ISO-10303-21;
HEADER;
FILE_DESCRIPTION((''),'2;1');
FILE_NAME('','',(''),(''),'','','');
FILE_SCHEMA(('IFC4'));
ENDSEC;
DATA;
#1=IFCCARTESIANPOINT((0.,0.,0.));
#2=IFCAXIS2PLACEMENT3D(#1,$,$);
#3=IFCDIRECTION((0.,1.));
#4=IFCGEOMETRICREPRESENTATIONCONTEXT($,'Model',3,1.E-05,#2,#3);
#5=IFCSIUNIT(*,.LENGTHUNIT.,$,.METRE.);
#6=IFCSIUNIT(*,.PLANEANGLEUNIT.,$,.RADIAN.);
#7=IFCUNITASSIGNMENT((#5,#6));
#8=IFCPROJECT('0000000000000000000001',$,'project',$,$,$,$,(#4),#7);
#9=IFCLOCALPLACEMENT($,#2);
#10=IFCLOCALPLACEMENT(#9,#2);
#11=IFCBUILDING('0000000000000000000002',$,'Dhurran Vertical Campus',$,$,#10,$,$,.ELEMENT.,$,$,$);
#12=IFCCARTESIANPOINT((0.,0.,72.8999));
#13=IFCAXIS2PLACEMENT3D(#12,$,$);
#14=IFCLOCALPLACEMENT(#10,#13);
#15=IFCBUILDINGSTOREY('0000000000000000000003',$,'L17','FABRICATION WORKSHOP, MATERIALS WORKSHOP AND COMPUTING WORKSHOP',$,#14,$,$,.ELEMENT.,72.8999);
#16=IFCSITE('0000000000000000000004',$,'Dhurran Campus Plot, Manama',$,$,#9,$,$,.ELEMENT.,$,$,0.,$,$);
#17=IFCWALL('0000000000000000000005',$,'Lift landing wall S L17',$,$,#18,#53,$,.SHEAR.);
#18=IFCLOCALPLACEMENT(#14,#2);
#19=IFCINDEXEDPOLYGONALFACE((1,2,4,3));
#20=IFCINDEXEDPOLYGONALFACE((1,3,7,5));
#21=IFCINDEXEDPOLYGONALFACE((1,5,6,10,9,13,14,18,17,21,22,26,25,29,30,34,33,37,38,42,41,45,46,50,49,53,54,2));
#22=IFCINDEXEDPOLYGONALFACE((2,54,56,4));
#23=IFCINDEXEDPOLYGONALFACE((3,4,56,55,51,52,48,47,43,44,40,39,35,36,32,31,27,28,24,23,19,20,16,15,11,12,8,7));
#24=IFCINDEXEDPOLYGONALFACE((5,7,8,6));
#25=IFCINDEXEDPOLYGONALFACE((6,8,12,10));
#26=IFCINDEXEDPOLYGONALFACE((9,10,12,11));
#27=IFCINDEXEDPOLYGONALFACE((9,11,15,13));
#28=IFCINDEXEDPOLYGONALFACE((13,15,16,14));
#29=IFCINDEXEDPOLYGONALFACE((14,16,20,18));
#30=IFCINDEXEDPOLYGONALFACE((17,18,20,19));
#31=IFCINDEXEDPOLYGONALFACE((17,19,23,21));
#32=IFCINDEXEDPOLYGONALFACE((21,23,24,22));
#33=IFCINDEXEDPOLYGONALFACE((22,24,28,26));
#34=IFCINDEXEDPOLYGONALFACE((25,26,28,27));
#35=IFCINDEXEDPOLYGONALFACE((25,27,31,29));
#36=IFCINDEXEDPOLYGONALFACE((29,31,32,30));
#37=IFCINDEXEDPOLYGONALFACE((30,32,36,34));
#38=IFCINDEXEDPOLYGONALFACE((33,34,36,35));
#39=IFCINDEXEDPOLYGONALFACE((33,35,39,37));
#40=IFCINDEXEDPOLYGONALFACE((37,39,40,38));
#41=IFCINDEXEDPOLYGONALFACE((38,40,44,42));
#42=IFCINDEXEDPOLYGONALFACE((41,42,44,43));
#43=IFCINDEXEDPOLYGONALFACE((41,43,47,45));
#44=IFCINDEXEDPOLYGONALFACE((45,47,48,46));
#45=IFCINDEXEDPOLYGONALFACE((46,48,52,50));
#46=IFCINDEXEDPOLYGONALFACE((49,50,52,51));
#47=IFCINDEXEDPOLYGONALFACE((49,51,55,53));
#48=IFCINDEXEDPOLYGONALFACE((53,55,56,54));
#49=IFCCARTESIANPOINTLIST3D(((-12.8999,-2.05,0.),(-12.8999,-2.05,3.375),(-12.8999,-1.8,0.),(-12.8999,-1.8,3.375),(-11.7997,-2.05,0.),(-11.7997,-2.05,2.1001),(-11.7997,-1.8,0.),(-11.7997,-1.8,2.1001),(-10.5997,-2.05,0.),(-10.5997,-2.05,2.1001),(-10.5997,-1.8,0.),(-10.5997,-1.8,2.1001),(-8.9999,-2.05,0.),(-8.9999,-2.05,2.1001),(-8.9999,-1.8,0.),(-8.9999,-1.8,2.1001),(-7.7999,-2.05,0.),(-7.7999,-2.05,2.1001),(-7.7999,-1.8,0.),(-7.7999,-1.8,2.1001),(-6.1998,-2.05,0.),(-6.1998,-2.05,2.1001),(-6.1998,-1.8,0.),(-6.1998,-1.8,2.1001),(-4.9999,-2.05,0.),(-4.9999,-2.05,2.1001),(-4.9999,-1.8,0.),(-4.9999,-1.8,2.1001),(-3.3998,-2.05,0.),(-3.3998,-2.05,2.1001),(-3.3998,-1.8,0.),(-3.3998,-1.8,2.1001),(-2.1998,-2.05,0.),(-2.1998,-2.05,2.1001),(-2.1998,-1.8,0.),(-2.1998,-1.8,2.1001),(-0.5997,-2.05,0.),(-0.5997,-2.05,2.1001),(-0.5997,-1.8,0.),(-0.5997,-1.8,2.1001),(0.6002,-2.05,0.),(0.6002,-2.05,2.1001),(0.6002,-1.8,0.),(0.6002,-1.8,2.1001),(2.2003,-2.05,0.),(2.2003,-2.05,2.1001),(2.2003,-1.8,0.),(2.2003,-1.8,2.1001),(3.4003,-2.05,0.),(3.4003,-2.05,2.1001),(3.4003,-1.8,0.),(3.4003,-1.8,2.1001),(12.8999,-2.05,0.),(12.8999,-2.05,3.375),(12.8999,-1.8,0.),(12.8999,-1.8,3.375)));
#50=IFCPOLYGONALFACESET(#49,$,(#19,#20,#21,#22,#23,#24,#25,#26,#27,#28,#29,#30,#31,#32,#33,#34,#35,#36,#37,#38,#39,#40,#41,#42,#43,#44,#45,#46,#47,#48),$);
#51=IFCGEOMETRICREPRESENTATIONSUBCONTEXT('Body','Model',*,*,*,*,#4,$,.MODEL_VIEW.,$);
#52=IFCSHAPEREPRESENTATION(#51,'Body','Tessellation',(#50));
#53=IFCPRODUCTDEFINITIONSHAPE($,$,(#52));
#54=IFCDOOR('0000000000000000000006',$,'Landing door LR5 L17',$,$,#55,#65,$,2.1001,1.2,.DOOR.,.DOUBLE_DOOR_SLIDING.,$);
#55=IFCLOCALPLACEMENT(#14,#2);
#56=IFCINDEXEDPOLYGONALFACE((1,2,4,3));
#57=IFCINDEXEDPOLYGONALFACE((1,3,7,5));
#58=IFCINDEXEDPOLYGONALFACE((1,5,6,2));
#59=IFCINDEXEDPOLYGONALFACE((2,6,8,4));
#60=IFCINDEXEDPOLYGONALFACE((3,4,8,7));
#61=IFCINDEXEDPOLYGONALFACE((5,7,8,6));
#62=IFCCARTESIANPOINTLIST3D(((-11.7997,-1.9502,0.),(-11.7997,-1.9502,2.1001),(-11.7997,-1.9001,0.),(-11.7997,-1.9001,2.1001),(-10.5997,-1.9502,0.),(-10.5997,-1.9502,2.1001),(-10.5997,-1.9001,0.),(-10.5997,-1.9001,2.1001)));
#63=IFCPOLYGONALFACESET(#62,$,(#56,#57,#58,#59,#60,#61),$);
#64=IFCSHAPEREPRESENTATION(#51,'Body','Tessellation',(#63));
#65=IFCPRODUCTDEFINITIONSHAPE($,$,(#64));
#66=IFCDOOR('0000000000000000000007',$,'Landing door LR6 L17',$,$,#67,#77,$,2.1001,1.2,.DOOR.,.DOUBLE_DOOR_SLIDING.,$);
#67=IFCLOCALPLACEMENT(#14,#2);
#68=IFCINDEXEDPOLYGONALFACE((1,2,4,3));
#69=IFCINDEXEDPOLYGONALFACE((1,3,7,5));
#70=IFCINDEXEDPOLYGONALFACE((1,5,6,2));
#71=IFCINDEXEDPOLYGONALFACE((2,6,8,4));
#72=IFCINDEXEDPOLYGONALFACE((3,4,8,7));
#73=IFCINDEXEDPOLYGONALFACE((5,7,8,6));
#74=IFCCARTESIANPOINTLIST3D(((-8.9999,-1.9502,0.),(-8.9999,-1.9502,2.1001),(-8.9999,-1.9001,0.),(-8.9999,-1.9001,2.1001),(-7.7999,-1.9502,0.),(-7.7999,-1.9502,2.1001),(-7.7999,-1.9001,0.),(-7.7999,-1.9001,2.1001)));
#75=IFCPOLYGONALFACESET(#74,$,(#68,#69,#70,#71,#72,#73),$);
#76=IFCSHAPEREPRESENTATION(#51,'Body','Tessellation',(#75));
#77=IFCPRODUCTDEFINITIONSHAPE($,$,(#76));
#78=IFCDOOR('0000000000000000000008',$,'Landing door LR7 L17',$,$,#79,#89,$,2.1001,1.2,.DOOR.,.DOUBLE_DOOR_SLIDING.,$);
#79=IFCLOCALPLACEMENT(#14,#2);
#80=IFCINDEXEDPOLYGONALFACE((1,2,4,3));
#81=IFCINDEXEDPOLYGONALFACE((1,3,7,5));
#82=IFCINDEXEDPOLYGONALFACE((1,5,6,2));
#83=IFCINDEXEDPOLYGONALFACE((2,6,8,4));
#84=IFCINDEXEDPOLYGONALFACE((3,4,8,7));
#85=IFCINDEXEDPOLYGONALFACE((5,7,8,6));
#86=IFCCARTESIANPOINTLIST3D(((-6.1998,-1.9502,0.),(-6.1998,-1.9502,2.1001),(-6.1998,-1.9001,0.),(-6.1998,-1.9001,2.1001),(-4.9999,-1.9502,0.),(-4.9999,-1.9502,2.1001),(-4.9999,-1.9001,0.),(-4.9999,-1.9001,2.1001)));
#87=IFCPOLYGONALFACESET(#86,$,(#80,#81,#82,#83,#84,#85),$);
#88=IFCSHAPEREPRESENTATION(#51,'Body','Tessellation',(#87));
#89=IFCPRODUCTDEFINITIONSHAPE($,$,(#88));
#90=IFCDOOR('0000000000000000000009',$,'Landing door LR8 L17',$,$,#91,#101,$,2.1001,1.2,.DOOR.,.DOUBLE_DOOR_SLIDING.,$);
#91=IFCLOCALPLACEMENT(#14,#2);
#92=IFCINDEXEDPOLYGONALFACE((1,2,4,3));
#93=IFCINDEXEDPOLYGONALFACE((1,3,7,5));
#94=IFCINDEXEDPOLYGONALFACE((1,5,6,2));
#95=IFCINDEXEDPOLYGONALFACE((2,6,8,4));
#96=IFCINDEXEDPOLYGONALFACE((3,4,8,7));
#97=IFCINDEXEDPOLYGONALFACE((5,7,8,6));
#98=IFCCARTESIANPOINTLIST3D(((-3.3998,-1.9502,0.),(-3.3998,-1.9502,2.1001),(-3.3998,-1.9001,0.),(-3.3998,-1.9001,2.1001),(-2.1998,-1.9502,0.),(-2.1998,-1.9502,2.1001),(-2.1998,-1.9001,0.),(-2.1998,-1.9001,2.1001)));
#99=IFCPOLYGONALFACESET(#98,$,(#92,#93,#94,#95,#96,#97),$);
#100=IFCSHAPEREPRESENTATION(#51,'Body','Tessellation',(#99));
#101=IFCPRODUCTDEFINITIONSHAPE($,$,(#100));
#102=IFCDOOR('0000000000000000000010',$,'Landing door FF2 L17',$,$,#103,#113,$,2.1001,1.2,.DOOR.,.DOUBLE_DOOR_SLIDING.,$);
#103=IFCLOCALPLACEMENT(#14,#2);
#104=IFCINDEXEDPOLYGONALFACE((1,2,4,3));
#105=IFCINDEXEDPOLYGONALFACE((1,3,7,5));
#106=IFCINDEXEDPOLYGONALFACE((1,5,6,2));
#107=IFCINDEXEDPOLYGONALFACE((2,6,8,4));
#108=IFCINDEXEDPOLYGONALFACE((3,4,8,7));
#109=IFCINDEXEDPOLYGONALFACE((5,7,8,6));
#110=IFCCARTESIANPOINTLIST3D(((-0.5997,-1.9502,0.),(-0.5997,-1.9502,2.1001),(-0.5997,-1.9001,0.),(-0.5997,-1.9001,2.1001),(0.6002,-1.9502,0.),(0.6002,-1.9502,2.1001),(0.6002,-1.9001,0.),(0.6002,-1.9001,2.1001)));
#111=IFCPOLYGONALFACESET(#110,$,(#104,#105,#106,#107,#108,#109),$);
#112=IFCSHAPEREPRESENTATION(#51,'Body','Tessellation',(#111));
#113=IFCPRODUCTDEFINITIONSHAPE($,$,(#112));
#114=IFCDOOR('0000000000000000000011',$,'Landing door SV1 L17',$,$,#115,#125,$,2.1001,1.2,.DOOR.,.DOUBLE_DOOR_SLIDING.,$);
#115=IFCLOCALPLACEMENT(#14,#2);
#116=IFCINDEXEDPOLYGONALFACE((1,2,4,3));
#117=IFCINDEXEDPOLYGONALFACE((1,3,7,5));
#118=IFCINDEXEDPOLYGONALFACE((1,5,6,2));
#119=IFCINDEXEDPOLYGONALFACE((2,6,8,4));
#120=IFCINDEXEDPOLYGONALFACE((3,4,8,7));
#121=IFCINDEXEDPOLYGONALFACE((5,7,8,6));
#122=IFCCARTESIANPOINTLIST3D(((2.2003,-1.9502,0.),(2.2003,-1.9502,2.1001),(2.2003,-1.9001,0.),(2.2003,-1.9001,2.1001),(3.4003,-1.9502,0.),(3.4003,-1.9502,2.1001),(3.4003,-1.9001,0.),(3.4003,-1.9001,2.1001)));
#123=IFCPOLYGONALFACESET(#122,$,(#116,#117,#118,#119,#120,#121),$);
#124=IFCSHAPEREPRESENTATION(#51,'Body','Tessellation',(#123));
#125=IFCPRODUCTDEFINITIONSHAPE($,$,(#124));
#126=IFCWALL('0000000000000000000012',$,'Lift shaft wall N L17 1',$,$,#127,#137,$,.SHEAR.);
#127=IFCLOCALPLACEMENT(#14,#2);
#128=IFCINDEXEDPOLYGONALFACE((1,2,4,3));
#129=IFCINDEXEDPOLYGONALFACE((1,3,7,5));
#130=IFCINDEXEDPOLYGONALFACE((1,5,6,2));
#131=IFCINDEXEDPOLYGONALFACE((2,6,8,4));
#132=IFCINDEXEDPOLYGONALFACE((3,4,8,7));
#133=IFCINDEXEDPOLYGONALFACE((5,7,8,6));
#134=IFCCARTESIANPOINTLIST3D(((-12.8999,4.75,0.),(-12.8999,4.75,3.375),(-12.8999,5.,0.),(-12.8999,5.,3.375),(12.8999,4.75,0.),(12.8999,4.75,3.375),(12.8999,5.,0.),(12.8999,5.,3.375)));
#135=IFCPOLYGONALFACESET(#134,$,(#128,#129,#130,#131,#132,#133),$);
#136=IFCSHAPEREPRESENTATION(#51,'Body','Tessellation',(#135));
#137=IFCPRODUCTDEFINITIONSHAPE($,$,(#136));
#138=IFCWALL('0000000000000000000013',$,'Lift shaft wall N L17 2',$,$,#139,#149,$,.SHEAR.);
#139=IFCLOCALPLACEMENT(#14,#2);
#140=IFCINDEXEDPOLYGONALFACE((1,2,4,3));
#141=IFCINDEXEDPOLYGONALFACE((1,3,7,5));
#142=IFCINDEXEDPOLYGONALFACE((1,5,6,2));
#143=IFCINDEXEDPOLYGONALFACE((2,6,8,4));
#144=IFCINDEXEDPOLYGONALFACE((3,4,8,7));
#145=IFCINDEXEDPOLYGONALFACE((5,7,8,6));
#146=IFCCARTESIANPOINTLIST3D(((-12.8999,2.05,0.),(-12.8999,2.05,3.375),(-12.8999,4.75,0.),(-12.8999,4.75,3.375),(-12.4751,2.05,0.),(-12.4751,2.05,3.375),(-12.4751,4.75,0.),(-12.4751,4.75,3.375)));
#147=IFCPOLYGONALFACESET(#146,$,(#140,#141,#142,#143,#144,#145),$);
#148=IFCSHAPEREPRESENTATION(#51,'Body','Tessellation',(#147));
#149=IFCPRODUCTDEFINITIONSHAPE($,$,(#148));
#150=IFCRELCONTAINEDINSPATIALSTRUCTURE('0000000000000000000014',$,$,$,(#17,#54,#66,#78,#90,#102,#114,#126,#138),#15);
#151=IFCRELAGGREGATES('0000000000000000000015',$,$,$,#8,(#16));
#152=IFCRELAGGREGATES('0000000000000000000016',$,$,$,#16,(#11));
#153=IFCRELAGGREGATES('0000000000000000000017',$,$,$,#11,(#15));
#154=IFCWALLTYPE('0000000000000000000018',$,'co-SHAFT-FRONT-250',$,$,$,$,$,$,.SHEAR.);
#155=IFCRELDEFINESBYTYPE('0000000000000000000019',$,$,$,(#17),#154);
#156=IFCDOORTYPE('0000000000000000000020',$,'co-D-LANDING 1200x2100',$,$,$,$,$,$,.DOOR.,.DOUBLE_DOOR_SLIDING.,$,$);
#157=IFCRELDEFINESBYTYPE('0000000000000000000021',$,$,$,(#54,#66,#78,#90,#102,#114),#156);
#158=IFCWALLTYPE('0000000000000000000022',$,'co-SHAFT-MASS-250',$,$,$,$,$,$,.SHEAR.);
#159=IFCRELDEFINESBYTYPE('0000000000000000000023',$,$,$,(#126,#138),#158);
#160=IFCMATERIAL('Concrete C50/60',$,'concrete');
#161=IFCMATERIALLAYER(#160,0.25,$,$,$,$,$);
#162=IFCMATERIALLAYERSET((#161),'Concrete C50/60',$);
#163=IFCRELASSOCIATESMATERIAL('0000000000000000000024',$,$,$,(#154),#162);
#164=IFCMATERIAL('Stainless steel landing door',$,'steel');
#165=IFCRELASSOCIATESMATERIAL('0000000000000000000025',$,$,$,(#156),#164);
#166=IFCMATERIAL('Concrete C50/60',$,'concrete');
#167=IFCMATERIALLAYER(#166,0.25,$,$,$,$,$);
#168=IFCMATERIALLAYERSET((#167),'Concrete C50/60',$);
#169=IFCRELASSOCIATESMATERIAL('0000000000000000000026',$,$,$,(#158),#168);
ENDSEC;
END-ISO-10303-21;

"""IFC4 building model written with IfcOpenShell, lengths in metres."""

from ifc_helpers import new_model, si_unit, direction, frame, frame_2d, origin, place, context, subcontext, project, spatial, polyline, rectangle, outline, extrude, material, layer, layer_set, type_object, element, fill, save


model = new_model("IFC4")

# Units and contexts
model_context = context("Model", 3, precision=1e-05, world=origin(), true_north=direction((0.0, 1.0)))
body_context = subcontext(model_context, "Body", "Model", "MODEL_VIEW")
ifc_project = project(units=[si_unit("LENGTHUNIT", "METRE"), si_unit("PLANEANGLEUNIT", "RADIAN")], contexts=[model_context])

# Site, building, storey
site_placement = place(None, origin())
site = spatial("IfcSite", under=ifc_project, at=site_placement, Name="Dhurran Campus Plot, Manama", CompositionType="ELEMENT", RefElevation=0.0)
building_placement = place(site_placement, origin())
building = spatial("IfcBuilding", under=site, at=building_placement, Name="Dhurran Vertical Campus", CompositionType="ELEMENT")
storey_placement = place(building_placement, frame((0.0, 0.0, 72.8999)))
storey = spatial("IfcBuildingStorey", under=building, at=storey_placement, Name="L17", Description="FABRICATION WORKSHOP, MATERIALS WORKSHOP AND COMPUTING WORKSHOP", CompositionType="ELEMENT", Elevation=72.8999)

# Wall, openings, doors
ifc_material_1 = material(Name="Concrete C50/60", Category="concrete")
ifc_layer_1 = layer(ifc_material_1, 0.25)
ifc_layer_set_1 = layer_set([ifc_layer_1], Name="Concrete C50/60")
wall_type_1 = type_object("IfcWallType", Name="co-SHAFT-FRONT-250", PredefinedType="SHEAR", material=ifc_layer_set_1)
wall_1_placement = place(storey_placement, frame((-12.8999, -1.925, 0.0), z_axis=(0.0, 0.0, 1.0), x_axis=(1.0, 0.0, 0.0)))
wall_1 = element("IfcWall", 1, at=wall_1_placement, inside=storey, type_object=wall_type_1, Name="Lift landing wall S L17", PredefinedType="SHEAR", context=body_context, shape_type="SweptSolid", body=[
    extrude(rectangle(XDim=25.7998, YDim=0.25, at=frame_2d((12.8999, 0.0))), origin(), (0.0, 0.0, 1.0), 3.375),
])
opening_1_placement = place(wall_1_placement, frame((1.1001, 0.0, 0.0)))
opening_1 = element("IfcOpeningElement", 2, at=opening_1_placement, cuts=wall_1, PredefinedType="OPENING", context=body_context, shape_type="SweptSolid", body=[
    extrude(rectangle(XDim=1.2, YDim=2.1001, at=frame_2d((0.6001, 1.05))), frame((0.0, 0.135, 0.0), z_axis=(0.0, -1.0, 0.0), x_axis=(1.0, 0.0, 0.0)), (0.0, 0.0, 1.0), 0.27),
])
opening_2_placement = place(wall_1_placement, frame((3.8999, 0.0, 0.0)))
opening_2 = element("IfcOpeningElement", 3, at=opening_2_placement, cuts=wall_1, PredefinedType="OPENING", context=body_context, shape_type="SweptSolid", body=[
    extrude(rectangle(XDim=1.2, YDim=2.1001, at=frame_2d((0.6001, 1.05))), frame((0.0, 0.135, 0.0), z_axis=(0.0, -1.0, 0.0), x_axis=(1.0, 0.0, 0.0)), (0.0, 0.0, 1.0), 0.27),
])
opening_3_placement = place(wall_1_placement, frame((6.7, 0.0, 0.0)))
opening_3 = element("IfcOpeningElement", 4, at=opening_3_placement, cuts=wall_1, PredefinedType="OPENING", context=body_context, shape_type="SweptSolid", body=[
    extrude(rectangle(XDim=1.2, YDim=2.1001, at=frame_2d((0.6001, 1.05))), frame((0.0, 0.135, 0.0), z_axis=(0.0, -1.0, 0.0), x_axis=(1.0, 0.0, 0.0)), (0.0, 0.0, 1.0), 0.27),
])
opening_4_placement = place(wall_1_placement, frame((9.5, 0.0, 0.0)))
opening_4 = element("IfcOpeningElement", 5, at=opening_4_placement, cuts=wall_1, PredefinedType="OPENING", context=body_context, shape_type="SweptSolid", body=[
    extrude(rectangle(XDim=1.2, YDim=2.1001, at=frame_2d((0.6001, 1.05))), frame((0.0, 0.135, 0.0), z_axis=(0.0, -1.0, 0.0), x_axis=(1.0, 0.0, 0.0)), (0.0, 0.0, 1.0), 0.27),
])
opening_5_placement = place(wall_1_placement, frame((12.3, 0.0, 0.0)))
opening_5 = element("IfcOpeningElement", 6, at=opening_5_placement, cuts=wall_1, PredefinedType="OPENING", context=body_context, shape_type="SweptSolid", body=[
    extrude(rectangle(XDim=1.2, YDim=2.1001, at=frame_2d((0.6001, 1.05))), frame((0.0, 0.135, 0.0), z_axis=(0.0, -1.0, 0.0), x_axis=(1.0, 0.0, 0.0)), (0.0, 0.0, 1.0), 0.27),
])
opening_6_placement = place(wall_1_placement, frame((15.1001, 0.0, 0.0)))
opening_6 = element("IfcOpeningElement", 7, at=opening_6_placement, cuts=wall_1, PredefinedType="OPENING", context=body_context, shape_type="SweptSolid", body=[
    extrude(rectangle(XDim=1.2, YDim=2.1001, at=frame_2d((0.6001, 1.05))), frame((0.0, 0.135, 0.0), z_axis=(0.0, -1.0, 0.0), x_axis=(1.0, 0.0, 0.0)), (0.0, 0.0, 1.0), 0.27),
])
ifc_material_2 = material(Name="Stainless steel landing door", Category="steel")
door_type_1 = type_object("IfcDoorType", Name="co-D-LANDING 1200x2100", OperationType="DOUBLE_DOOR_SLIDING", PredefinedType="DOOR", material=ifc_material_2)
door_1_placement = place(opening_1_placement, origin())
door_1 = element("IfcDoor", 8, at=door_1_placement, inside=storey, type_object=door_type_1, Name="Landing door LR5 L17", OperationType="DOUBLE_DOOR_SLIDING", OverallHeight=2.1001, OverallWidth=1.2, PredefinedType="DOOR", context=body_context, shape_type="SweptSolid", body=[
    extrude(rectangle(XDim=1.2, YDim=2.1001, at=frame_2d((0.6001, 1.05))), frame((0.0, 0.0249, 0.0), z_axis=(0.0, -1.0, 0.0), x_axis=(1.0, 0.0, 0.0)), (0.0, 0.0, 1.0), 0.05),
])
fill(opening_1, door_1)
door_2_placement = place(opening_2_placement, origin())
door_2 = element("IfcDoor", 9, at=door_2_placement, inside=storey, type_object=door_type_1, Name="Landing door LR6 L17", OperationType="DOUBLE_DOOR_SLIDING", OverallHeight=2.1001, OverallWidth=1.2, PredefinedType="DOOR", context=body_context, shape_type="SweptSolid", body=[
    extrude(rectangle(XDim=1.2, YDim=2.1001, at=frame_2d((0.6001, 1.05))), frame((0.0, 0.0249, 0.0), z_axis=(0.0, -1.0, 0.0), x_axis=(1.0, 0.0, 0.0)), (0.0, 0.0, 1.0), 0.05),
])
fill(opening_2, door_2)
door_3_placement = place(opening_3_placement, origin())
door_3 = element("IfcDoor", 10, at=door_3_placement, inside=storey, type_object=door_type_1, Name="Landing door LR7 L17", OperationType="DOUBLE_DOOR_SLIDING", OverallHeight=2.1001, OverallWidth=1.2, PredefinedType="DOOR", context=body_context, shape_type="SweptSolid", body=[
    extrude(rectangle(XDim=1.2, YDim=2.1001, at=frame_2d((0.6001, 1.05))), frame((0.0, 0.0249, 0.0), z_axis=(0.0, -1.0, 0.0), x_axis=(1.0, 0.0, 0.0)), (0.0, 0.0, 1.0), 0.05),
])
fill(opening_3, door_3)
door_4_placement = place(opening_4_placement, origin())
door_4 = element("IfcDoor", 11, at=door_4_placement, inside=storey, type_object=door_type_1, Name="Landing door LR8 L17", OperationType="DOUBLE_DOOR_SLIDING", OverallHeight=2.1001, OverallWidth=1.2, PredefinedType="DOOR", context=body_context, shape_type="SweptSolid", body=[
    extrude(rectangle(XDim=1.2, YDim=2.1001, at=frame_2d((0.6001, 1.05))), frame((0.0, 0.0249, 0.0), z_axis=(0.0, -1.0, 0.0), x_axis=(1.0, 0.0, 0.0)), (0.0, 0.0, 1.0), 0.05),
])
fill(opening_4, door_4)
door_5_placement = place(opening_5_placement, origin())
door_5 = element("IfcDoor", 12, at=door_5_placement, inside=storey, type_object=door_type_1, Name="Landing door FF2 L17", OperationType="DOUBLE_DOOR_SLIDING", OverallHeight=2.1001, OverallWidth=1.2, PredefinedType="DOOR", context=body_context, shape_type="SweptSolid", body=[
    extrude(rectangle(XDim=1.2, YDim=2.1001, at=frame_2d((0.6001, 1.05))), frame((0.0, 0.0249, 0.0), z_axis=(0.0, -1.0, 0.0), x_axis=(1.0, 0.0, 0.0)), (0.0, 0.0, 1.0), 0.05),
])
fill(opening_5, door_5)
door_6_placement = place(opening_6_placement, origin())
door_6 = element("IfcDoor", 13, at=door_6_placement, inside=storey, type_object=door_type_1, Name="Landing door SV1 L17", OperationType="DOUBLE_DOOR_SLIDING", OverallHeight=2.1001, OverallWidth=1.2, PredefinedType="DOOR", context=body_context, shape_type="SweptSolid", body=[
    extrude(rectangle(XDim=1.2, YDim=2.1001, at=frame_2d((0.6001, 1.05))), frame((0.0, 0.0249, 0.0), z_axis=(0.0, -1.0, 0.0), x_axis=(1.0, 0.0, 0.0)), (0.0, 0.0, 1.0), 0.05),
])
fill(opening_6, door_6)

# Walls
ifc_material_3 = material(Name="Concrete C50/60", Category="concrete")
ifc_layer_2 = layer(ifc_material_3, 0.25)
ifc_layer_set_2 = layer_set([ifc_layer_2], Name="Concrete C50/60")
wall_type_2 = type_object("IfcWallType", Name="co-SHAFT-MASS-250", PredefinedType="SHEAR", material=ifc_layer_set_2)
wall_2_placement = place(storey_placement, origin())
element("IfcWall", 14, at=wall_2_placement, inside=storey, type_object=wall_type_2, Name="Lift shaft wall N L17 1", PredefinedType="SHEAR", context=body_context, shape_type="SweptSolid", body=[
    extrude(outline(polyline([(-12.8999, 4.75), (12.8999, 4.75), (12.8999, 5.0), (-12.8999, 5.0), (-12.8999, 4.75)])), origin(), (0.0, 0.0, 1.0), 3.375),
])
wall_3_placement = place(storey_placement, origin())
element("IfcWall", 15, at=wall_3_placement, inside=storey, type_object=wall_type_2, Name="Lift shaft wall N L17 2", PredefinedType="SHEAR", context=body_context, shape_type="SweptSolid", body=[
    extrude(outline(polyline([(-12.8999, 2.05), (-12.4751, 2.05), (-12.4751, 4.75), (-12.8999, 4.75), (-12.8999, 2.05)])), origin(), (0.0, 0.0, 1.0), 3.375),
])

save(model, "model.ifc")
